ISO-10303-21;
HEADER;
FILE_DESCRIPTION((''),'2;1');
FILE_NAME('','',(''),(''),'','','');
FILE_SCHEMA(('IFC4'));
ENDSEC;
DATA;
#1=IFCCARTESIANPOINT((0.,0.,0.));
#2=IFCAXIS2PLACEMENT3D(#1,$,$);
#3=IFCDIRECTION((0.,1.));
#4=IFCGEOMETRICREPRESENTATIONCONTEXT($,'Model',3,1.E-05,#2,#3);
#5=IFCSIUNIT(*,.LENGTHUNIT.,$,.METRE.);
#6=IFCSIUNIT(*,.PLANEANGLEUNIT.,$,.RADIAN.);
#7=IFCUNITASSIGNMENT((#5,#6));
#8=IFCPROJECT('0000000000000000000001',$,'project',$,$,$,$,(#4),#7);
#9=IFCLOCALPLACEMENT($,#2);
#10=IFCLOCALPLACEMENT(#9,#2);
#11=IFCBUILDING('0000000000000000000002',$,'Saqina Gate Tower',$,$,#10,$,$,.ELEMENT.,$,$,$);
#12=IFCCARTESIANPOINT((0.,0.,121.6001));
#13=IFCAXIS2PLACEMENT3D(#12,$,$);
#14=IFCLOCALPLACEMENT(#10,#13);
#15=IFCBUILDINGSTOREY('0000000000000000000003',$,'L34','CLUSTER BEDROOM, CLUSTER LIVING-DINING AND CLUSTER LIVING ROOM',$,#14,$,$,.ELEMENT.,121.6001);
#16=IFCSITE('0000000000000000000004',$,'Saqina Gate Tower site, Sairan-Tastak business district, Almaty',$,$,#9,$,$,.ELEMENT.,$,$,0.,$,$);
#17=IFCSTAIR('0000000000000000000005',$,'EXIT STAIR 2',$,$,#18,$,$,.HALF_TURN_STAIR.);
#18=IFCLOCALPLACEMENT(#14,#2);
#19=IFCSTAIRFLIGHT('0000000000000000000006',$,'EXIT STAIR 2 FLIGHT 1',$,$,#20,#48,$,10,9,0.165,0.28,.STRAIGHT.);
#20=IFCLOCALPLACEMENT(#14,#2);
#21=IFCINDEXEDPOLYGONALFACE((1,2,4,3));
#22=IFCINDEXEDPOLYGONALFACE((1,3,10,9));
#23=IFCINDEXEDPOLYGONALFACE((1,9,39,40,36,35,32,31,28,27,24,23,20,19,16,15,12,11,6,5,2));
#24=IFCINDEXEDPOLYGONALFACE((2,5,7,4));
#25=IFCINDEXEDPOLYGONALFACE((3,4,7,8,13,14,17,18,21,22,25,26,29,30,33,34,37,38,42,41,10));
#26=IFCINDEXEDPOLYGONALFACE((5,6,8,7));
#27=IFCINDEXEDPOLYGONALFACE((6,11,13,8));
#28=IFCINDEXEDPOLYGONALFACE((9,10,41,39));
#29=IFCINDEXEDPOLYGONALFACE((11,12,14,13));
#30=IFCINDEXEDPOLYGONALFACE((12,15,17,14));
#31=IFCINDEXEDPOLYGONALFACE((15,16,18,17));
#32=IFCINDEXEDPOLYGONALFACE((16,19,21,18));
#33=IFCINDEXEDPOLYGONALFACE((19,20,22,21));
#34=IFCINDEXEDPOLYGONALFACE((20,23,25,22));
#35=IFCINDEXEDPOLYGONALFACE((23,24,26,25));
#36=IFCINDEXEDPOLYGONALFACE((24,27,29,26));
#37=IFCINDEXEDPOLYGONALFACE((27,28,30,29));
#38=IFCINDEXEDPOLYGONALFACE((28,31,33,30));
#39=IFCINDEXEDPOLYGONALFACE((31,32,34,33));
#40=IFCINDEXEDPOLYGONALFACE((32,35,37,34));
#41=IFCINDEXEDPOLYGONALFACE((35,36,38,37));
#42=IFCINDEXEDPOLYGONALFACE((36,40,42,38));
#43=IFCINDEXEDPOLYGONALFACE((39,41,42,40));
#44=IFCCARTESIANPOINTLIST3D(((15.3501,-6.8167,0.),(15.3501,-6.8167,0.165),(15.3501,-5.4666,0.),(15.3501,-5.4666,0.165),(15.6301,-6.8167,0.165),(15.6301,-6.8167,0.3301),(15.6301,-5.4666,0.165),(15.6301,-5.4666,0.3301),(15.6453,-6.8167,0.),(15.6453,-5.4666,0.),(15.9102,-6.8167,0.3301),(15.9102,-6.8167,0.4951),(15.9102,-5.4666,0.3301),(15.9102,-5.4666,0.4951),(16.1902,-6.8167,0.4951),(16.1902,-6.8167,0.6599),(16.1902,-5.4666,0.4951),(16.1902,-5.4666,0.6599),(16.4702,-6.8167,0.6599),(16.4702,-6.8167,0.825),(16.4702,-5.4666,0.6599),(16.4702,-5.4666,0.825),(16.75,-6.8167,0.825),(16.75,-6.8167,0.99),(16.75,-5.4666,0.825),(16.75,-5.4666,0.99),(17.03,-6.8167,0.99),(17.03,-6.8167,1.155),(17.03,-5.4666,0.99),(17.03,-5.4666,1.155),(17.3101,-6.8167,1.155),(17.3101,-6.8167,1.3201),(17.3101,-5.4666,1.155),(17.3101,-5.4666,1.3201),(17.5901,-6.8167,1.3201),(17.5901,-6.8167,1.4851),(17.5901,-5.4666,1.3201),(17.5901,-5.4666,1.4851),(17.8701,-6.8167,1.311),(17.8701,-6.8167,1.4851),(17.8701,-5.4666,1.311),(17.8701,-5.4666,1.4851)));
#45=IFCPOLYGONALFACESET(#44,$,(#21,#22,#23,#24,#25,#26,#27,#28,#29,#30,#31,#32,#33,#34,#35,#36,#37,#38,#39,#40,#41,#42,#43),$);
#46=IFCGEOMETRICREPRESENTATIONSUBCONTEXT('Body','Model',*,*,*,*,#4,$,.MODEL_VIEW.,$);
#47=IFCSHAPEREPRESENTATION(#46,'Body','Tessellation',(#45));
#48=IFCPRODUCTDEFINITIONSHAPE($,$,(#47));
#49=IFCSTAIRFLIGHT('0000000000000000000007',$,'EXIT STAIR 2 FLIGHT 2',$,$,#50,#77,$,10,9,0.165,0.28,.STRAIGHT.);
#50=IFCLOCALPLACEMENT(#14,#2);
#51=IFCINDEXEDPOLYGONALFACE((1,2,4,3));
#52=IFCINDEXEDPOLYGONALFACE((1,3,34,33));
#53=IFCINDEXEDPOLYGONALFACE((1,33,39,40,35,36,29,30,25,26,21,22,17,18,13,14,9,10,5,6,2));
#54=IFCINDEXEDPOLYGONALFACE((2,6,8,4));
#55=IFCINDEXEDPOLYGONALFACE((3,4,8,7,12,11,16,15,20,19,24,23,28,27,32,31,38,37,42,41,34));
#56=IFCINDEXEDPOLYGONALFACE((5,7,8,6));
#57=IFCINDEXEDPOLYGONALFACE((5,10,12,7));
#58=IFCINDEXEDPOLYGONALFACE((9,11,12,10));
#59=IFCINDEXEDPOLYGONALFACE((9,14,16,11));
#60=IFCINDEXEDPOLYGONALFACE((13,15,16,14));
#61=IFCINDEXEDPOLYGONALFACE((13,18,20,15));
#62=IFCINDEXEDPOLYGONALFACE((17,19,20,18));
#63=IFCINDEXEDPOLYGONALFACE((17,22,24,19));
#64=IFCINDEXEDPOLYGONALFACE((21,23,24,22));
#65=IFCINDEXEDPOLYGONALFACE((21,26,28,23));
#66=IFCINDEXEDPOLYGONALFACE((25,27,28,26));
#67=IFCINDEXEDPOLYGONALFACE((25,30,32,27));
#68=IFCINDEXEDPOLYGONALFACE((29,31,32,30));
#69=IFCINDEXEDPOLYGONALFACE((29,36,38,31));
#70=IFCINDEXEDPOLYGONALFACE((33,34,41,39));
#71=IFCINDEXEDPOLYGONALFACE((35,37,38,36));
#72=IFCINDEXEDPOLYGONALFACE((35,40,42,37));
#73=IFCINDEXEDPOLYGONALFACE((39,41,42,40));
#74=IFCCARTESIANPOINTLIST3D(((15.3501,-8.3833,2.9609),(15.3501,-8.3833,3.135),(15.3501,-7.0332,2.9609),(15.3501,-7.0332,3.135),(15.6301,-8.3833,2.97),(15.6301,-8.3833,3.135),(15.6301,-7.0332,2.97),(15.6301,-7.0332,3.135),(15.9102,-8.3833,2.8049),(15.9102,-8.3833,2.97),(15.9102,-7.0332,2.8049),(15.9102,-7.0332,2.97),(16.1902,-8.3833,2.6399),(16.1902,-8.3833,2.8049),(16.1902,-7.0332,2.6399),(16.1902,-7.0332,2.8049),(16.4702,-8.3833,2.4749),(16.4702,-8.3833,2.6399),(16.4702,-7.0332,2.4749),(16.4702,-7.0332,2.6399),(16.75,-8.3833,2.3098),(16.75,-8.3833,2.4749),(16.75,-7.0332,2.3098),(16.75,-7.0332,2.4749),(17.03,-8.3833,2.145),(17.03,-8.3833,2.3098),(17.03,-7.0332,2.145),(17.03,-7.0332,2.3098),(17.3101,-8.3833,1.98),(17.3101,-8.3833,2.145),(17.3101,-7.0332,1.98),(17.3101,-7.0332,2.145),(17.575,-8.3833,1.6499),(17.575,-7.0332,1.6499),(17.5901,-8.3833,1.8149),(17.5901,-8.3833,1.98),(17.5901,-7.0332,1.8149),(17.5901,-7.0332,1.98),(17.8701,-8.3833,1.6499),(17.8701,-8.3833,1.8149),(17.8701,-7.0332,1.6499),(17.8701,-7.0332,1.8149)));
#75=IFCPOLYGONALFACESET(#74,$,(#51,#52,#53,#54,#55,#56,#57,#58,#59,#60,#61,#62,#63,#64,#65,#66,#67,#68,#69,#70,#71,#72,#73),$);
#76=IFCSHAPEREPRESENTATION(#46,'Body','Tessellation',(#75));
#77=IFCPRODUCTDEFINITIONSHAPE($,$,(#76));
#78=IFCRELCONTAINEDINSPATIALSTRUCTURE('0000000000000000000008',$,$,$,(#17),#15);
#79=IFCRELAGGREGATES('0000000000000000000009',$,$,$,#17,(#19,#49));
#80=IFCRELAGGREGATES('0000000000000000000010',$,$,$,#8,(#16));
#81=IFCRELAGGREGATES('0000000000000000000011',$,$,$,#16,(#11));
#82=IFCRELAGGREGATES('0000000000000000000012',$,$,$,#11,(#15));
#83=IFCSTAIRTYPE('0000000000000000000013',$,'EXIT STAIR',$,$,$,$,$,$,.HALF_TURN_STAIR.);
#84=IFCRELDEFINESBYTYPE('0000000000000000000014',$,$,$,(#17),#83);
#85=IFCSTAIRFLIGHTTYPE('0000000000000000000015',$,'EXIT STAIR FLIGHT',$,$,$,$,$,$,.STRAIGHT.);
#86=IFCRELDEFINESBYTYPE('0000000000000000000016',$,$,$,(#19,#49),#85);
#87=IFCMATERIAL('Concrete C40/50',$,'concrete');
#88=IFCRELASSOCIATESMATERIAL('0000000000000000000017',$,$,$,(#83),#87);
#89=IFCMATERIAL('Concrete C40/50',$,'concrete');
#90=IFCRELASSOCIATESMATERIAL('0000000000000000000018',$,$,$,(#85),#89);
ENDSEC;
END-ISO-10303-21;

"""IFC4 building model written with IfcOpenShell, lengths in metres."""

from ifc_helpers import new_model, si_unit, direction, frame, origin, place, context, subcontext, project, spatial, polyline, outline, extrude, material, type_object, element, aggregate, save


model = new_model("IFC4")

# Units and contexts
model_context = context("Model", 3, precision=1e-05, world=origin(), true_north=direction((0.0, 1.0)))
body_context = subcontext(model_context, "Body", "Model", "MODEL_VIEW")
ifc_project = project(units=[si_unit("LENGTHUNIT", "METRE"), si_unit("PLANEANGLEUNIT", "RADIAN")], contexts=[model_context])

# Site, building, storey
site_placement = place(None, origin())
site = spatial("IfcSite", under=ifc_project, at=site_placement, Name="Saqina Gate Tower site, Sairan-Tastak business district, Almaty", CompositionType="ELEMENT", RefElevation=0.0)
building_placement = place(site_placement, origin())
building = spatial("IfcBuilding", under=site, at=building_placement, Name="Saqina Gate Tower", CompositionType="ELEMENT")
storey_placement = place(building_placement, frame((0.0, 0.0, 121.6001)))
storey = spatial("IfcBuildingStorey", under=building, at=storey_placement, Name="L34", Description="CLUSTER BEDROOM, CLUSTER LIVING-DINING AND CLUSTER LIVING ROOM", CompositionType="ELEMENT", Elevation=121.6001)

# Stair, stair flights
ifc_material_1 = material(Name="Concrete C40/50", Category="concrete")
stair_type = type_object("IfcStairType", Name="EXIT STAIR", PredefinedType="HALF_TURN_STAIR", material=ifc_material_1)
stair_placement = place(storey_placement, origin())
stair = element("IfcStair", 1, at=stair_placement, inside=storey, type_object=stair_type, Name="EXIT STAIR 2", PredefinedType="HALF_TURN_STAIR")
ifc_material_2 = material(Name="Concrete C40/50", Category="concrete")
stair_flight_type = type_object("IfcStairFlightType", Name="EXIT STAIR FLIGHT", PredefinedType="STRAIGHT", material=ifc_material_2)
stair_flight_1_placement = place(storey_placement, frame((15.3501, -6.1416, 0.0), z_axis=(0.0, 0.0, 1.0), x_axis=(1.0, 0.0, 0.0)))
stair_flight_1 = element("IfcStairFlight", 2, at=stair_flight_1_placement, type_object=stair_flight_type, Name="EXIT STAIR 2 FLIGHT 1", NumberOfRisers=10, NumberOfTreads=9, PredefinedType="STRAIGHT", RiserHeight=0.165, TreadLength=0.28, context=body_context, shape_type="SweptSolid", body=[
    extrude(outline(polyline([(0.0, 0.0), (0.0, 0.165), (0.28, 0.165), (0.28, 0.3301), (0.5601, 0.3301), (0.5601, 0.4951), (0.8401, 0.4951), (0.8401, 0.6599), (1.1201, 0.6599), (1.1201, 0.825), (1.3999, 0.825), (1.3999, 0.99), (1.6799, 0.99), (1.6799, 1.155), (1.96, 1.155), (1.96, 1.3201), (2.24, 1.3201), (2.24, 1.4851), (2.52, 1.4851), (2.52, 1.6499), (2.52, 1.311), (0.2952, 0.0), (0.0, 0.0)])), frame((0.0, 0.675, 0.0), z_axis=(0.0, -1.0, 0.0), x_axis=(1.0, 0.0, 0.0)), (0.0, 0.0, 1.0), 1.3501),
])
stair_flight_2_placement = place(storey_placement, frame((17.8701, -7.7083, 1.6499), z_axis=(0.0, 0.0, 1.0), x_axis=(-1.0, 0.0, 0.0)))
stair_flight_2 = element("IfcStairFlight", 3, at=stair_flight_2_placement, type_object=stair_flight_type, Name="EXIT STAIR 2 FLIGHT 2", NumberOfRisers=10, NumberOfTreads=9, PredefinedType="STRAIGHT", RiserHeight=0.165, TreadLength=0.28, context=body_context, shape_type="SweptSolid", body=[
    extrude(outline(polyline([(0.0, 0.0), (0.0, 0.165), (0.28, 0.165), (0.28, 0.3301), (0.5601, 0.3301), (0.5601, 0.4951), (0.8401, 0.4951), (0.8401, 0.6599), (1.1201, 0.6599), (1.1201, 0.825), (1.3999, 0.825), (1.3999, 0.99), (1.6799, 0.99), (1.6799, 1.155), (1.96, 1.155), (1.96, 1.3201), (2.24, 1.3201), (2.24, 1.4851), (2.52, 1.4851), (2.52, 1.6499), (2.52, 1.311), (0.2952, 0.0), (0.0, 0.0)])), frame((0.0, 0.675, 0.0), z_axis=(0.0, -1.0, 0.0), x_axis=(1.0, 0.0, 0.0)), (0.0, 0.0, 1.0), 1.3501),
])
aggregate(stair, [stair_flight_1, stair_flight_2])

save(model, "model.ifc")
